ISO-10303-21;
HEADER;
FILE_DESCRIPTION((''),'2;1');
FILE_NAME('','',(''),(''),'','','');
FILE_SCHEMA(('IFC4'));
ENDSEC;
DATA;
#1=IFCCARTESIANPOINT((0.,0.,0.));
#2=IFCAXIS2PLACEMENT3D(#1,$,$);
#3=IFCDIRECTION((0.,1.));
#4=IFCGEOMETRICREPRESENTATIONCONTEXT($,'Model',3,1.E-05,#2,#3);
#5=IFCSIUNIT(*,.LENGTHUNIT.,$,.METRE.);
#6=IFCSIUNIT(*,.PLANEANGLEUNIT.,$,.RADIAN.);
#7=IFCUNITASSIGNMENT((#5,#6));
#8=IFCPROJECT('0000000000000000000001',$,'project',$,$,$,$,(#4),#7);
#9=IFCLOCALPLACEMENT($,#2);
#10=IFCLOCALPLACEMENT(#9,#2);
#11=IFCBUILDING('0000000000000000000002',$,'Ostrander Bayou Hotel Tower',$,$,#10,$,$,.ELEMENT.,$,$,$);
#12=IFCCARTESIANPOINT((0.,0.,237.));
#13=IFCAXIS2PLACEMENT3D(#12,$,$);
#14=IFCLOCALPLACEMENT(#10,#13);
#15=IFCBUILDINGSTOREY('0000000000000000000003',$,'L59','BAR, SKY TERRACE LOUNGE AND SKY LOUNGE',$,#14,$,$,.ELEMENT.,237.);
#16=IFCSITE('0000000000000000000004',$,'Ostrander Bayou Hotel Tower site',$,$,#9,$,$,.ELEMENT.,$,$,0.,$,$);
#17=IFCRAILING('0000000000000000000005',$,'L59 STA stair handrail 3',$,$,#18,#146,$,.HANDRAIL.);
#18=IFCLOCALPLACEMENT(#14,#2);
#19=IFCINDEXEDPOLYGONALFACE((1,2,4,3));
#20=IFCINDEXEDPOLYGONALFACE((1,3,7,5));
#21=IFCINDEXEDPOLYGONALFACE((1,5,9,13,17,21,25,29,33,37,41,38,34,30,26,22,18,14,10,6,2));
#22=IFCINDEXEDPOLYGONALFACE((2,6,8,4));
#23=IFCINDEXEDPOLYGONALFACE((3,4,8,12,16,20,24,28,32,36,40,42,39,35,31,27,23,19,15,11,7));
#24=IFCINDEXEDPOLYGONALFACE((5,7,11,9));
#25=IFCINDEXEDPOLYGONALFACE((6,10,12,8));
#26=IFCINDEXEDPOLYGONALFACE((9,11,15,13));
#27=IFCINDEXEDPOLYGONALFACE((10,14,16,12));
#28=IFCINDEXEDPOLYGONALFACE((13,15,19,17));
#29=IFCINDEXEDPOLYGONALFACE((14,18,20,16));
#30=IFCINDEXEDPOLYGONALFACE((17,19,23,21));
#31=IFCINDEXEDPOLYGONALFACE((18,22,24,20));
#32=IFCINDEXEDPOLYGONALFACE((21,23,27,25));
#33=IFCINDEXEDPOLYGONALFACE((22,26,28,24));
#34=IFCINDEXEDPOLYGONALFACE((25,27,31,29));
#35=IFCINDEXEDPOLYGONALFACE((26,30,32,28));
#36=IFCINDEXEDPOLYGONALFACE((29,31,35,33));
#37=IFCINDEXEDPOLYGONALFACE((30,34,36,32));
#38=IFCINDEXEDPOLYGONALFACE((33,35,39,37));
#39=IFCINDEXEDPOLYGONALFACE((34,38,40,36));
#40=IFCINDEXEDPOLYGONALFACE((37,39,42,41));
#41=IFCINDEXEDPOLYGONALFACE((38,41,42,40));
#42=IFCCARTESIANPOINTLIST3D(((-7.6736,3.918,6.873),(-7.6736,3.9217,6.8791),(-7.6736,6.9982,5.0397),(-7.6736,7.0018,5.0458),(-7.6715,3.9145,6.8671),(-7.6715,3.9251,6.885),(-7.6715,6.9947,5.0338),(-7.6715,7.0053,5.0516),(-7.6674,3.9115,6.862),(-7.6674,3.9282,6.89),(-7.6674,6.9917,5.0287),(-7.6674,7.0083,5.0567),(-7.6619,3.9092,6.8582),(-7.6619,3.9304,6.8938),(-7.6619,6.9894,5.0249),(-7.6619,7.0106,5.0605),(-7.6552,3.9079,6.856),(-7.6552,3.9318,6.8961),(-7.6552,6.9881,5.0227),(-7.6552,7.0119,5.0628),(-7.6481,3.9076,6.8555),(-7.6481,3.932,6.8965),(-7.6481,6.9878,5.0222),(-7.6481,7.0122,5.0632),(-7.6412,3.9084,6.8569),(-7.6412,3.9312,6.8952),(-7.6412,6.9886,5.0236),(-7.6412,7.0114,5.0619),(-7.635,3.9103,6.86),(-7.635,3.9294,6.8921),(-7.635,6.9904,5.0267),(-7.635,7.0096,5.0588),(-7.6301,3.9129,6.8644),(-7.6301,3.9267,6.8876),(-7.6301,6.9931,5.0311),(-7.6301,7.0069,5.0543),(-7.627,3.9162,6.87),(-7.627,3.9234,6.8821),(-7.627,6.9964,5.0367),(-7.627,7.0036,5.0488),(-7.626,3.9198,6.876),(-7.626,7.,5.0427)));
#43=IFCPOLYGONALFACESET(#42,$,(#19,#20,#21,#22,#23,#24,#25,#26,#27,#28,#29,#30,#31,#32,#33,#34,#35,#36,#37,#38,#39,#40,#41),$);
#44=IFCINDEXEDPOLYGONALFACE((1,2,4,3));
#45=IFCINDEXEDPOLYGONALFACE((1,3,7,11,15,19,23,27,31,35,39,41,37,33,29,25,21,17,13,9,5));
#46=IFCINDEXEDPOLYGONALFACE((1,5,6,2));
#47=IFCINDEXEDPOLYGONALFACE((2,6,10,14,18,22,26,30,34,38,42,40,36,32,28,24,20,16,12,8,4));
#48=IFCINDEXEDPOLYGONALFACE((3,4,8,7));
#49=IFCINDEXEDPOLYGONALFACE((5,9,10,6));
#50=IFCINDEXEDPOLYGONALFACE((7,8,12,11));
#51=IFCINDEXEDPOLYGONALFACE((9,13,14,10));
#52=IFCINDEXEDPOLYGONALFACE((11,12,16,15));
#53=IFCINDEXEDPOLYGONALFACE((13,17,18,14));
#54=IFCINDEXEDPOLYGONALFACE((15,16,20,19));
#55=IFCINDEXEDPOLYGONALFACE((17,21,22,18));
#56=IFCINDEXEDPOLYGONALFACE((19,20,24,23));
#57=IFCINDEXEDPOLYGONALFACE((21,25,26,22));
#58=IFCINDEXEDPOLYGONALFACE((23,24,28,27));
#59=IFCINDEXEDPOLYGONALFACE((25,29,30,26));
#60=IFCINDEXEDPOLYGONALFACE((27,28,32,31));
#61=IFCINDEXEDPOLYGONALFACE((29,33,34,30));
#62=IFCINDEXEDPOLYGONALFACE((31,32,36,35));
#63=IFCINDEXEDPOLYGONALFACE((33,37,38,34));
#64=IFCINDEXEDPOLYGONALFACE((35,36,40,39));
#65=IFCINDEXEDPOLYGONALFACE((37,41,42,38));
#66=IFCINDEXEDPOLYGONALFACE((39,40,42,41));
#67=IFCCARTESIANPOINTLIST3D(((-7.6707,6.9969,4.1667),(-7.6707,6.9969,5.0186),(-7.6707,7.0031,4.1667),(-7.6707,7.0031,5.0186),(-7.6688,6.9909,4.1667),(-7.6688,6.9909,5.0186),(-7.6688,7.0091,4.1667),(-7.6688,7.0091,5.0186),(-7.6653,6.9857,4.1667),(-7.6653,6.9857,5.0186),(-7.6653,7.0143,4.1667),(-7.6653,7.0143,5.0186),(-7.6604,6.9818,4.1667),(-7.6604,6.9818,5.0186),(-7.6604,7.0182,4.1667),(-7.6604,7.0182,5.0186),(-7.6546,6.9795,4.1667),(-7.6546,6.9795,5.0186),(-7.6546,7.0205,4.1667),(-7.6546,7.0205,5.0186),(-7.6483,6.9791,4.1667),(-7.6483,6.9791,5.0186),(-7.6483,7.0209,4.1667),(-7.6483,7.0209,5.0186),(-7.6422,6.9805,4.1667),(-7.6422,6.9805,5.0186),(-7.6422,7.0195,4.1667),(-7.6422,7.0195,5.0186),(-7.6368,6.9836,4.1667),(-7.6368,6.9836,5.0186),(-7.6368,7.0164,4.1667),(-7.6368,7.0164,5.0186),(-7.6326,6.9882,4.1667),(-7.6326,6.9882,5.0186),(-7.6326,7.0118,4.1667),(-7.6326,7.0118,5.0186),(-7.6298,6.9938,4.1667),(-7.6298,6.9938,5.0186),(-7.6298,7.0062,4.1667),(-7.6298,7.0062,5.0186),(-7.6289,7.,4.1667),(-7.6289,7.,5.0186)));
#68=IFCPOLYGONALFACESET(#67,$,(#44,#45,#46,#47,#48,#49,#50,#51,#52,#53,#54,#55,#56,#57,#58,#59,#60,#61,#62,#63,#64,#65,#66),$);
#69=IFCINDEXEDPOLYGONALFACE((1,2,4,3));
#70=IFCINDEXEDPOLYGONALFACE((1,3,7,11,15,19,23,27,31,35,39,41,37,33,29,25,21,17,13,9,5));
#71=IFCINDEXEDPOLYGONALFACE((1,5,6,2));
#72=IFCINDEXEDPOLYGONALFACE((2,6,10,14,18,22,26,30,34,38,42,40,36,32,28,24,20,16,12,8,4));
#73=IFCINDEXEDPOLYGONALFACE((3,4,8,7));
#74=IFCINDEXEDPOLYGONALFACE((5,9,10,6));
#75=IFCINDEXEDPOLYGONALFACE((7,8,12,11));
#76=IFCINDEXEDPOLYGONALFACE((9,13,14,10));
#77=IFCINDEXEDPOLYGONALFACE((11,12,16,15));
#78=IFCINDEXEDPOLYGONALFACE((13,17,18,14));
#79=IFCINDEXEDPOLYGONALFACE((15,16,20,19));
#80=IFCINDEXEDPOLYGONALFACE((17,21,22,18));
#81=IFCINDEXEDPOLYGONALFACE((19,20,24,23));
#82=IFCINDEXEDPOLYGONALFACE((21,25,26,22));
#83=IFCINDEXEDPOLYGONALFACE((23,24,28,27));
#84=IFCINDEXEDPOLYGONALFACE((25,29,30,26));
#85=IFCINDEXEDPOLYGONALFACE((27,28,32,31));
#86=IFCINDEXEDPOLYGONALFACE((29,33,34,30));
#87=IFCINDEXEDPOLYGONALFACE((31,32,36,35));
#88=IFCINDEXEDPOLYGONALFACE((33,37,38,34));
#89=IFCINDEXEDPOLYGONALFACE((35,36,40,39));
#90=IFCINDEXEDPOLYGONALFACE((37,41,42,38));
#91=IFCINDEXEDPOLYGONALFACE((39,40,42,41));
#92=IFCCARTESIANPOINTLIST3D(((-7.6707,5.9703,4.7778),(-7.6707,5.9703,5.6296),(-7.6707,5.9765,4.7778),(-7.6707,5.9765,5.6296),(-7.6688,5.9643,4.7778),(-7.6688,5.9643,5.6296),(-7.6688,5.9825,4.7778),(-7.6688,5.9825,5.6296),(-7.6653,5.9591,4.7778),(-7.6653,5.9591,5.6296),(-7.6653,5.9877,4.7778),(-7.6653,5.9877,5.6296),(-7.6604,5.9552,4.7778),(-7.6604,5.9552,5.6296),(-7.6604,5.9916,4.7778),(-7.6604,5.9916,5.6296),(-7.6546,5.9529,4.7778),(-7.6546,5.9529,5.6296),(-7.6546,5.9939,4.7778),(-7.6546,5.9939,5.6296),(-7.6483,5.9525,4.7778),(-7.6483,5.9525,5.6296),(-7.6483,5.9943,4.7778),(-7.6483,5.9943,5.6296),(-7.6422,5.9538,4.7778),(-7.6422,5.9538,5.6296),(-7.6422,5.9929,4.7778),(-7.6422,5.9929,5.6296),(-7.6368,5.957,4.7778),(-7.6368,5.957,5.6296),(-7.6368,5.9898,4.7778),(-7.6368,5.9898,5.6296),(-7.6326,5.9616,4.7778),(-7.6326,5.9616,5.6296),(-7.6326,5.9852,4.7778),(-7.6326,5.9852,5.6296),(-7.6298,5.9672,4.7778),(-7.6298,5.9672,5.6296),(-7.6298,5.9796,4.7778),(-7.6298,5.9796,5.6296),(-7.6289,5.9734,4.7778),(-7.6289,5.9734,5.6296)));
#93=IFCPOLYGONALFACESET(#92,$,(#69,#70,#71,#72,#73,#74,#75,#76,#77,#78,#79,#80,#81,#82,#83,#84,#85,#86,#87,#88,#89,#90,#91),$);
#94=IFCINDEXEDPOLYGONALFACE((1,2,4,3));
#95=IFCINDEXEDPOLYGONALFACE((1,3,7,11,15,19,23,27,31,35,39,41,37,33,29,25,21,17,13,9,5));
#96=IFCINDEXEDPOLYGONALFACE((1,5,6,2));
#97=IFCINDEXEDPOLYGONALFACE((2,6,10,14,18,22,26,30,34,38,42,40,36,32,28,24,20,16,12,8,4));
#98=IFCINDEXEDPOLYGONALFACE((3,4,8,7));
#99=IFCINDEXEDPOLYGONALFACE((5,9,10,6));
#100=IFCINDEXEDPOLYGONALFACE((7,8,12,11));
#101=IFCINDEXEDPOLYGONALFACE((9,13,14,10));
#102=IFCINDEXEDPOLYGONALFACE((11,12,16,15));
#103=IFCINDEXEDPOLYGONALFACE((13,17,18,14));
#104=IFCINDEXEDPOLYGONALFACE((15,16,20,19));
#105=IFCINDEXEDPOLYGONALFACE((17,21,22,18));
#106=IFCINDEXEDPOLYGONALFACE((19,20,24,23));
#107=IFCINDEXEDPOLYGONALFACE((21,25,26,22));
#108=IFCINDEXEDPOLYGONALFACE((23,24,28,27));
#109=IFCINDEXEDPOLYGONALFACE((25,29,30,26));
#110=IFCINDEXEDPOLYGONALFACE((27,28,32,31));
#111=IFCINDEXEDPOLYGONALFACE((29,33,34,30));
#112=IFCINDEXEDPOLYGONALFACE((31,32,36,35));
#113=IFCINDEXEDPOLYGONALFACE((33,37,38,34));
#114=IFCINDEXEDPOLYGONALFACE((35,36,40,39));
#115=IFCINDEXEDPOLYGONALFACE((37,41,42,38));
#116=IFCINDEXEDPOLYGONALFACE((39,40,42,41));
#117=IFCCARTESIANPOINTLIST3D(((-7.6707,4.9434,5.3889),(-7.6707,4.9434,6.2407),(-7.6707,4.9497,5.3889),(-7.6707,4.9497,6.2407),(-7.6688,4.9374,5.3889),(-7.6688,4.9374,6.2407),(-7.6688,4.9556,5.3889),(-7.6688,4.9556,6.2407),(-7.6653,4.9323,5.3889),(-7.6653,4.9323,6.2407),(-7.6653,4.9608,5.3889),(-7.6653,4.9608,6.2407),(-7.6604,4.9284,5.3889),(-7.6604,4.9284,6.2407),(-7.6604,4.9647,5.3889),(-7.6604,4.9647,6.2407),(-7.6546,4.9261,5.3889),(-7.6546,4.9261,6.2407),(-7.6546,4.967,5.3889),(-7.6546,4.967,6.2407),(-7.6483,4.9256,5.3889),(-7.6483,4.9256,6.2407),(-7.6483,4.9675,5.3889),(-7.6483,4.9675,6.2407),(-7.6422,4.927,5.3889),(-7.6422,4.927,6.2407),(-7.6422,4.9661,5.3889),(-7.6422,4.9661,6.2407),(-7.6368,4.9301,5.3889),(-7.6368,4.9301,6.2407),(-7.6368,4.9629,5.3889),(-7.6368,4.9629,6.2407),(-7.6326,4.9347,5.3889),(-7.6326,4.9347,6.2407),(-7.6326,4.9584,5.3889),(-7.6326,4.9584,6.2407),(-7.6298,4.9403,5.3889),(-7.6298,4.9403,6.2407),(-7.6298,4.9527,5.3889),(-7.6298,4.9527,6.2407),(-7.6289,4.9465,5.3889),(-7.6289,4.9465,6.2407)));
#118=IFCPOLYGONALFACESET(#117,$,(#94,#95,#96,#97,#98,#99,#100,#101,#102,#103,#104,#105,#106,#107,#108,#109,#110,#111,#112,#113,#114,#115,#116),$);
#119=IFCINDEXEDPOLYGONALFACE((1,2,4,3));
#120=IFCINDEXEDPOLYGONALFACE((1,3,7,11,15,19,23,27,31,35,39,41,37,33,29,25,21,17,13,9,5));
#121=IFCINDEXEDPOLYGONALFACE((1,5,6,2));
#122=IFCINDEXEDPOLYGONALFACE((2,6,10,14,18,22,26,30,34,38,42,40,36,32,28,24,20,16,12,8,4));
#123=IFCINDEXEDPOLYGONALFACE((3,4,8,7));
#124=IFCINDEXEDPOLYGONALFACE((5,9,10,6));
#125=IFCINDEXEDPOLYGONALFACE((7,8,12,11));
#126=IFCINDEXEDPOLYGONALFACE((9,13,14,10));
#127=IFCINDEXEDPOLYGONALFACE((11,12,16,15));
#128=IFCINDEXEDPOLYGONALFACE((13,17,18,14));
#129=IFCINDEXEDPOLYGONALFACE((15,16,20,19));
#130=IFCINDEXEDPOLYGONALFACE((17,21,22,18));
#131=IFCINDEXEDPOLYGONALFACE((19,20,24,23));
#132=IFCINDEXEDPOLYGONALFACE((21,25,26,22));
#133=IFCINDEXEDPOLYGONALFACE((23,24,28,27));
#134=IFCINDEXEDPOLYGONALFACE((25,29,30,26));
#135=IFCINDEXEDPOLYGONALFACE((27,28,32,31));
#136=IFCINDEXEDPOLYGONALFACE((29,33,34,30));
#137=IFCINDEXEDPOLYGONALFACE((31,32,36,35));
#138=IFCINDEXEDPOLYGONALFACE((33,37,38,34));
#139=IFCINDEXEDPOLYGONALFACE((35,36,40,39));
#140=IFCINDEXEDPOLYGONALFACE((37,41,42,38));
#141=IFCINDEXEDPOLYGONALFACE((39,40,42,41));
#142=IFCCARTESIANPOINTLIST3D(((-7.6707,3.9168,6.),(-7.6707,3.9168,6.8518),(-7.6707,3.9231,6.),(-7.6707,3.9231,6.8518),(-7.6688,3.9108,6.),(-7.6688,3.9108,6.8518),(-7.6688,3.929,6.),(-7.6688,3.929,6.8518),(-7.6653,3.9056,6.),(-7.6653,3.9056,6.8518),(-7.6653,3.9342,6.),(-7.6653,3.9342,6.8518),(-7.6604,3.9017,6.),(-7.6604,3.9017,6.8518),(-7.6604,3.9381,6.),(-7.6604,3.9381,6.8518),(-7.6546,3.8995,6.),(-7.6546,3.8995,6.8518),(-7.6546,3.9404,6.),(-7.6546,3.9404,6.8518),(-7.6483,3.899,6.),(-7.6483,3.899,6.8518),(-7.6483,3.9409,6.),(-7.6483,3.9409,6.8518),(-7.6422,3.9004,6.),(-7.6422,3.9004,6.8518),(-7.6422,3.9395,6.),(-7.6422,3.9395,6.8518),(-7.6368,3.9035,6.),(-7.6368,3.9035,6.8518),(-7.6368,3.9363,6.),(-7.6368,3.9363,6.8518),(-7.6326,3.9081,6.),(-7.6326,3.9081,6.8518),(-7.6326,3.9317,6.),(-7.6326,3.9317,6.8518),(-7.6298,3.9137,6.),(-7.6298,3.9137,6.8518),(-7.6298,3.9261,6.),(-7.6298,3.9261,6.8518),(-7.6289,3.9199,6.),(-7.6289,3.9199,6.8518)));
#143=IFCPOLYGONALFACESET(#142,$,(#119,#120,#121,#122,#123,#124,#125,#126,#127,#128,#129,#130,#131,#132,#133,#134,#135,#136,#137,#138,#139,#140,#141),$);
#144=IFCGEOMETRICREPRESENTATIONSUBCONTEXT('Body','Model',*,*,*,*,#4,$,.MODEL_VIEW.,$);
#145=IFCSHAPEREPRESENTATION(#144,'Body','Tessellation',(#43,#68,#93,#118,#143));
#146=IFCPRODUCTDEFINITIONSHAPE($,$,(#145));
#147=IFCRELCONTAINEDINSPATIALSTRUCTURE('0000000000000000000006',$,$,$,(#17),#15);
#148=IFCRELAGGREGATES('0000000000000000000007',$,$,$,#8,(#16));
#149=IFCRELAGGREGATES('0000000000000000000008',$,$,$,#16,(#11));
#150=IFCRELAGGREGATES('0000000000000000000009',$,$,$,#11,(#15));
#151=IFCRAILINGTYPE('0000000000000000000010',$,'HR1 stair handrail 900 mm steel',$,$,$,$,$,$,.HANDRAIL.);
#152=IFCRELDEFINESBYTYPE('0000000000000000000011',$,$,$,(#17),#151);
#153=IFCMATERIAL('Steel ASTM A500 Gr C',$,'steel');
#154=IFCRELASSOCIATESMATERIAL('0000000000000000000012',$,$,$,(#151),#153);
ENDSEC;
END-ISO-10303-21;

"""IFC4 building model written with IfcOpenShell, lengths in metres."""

from ifc_helpers import new_model, si_unit, direction, frame, origin, origin_2d, place, context, subcontext, project, spatial, circle, extrude, material, type_object, element, save


model = new_model("IFC4")

# Units and contexts
model_context = context("Model", 3, precision=1e-05, world=origin(), true_north=direction((0.0, 1.0)))
body_context = subcontext(model_context, "Body", "Model", "MODEL_VIEW")
ifc_project = project(units=[si_unit("LENGTHUNIT", "METRE"), si_unit("PLANEANGLEUNIT", "RADIAN")], contexts=[model_context])

# Site, building, storey
site_placement = place(None, origin())
site = spatial("IfcSite", under=ifc_project, at=site_placement, Name="Ostrander Bayou Hotel Tower site", CompositionType="ELEMENT", RefElevation=0.0)
building_placement = place(site_placement, origin())
building = spatial("IfcBuilding", under=site, at=building_placement, Name="Ostrander Bayou Hotel Tower", CompositionType="ELEMENT")
storey_placement = place(building_placement, frame((0.0, 0.0, 237.0)))
storey = spatial("IfcBuildingStorey", under=building, at=storey_placement, Name="L59", Description="BAR, SKY TERRACE LOUNGE AND SKY LOUNGE", CompositionType="ELEMENT", Elevation=237.0)

# Railing
ifc_material_1 = material(Name="Steel ASTM A500 Gr C", Category="steel")
railing_type_1 = type_object("IfcRailingType", Name="HR1 stair handrail 900 mm steel", PredefinedType="HANDRAIL", material=ifc_material_1)
railing_1_placement = place(storey_placement, frame((-7.6499, 7.0, 4.1667)))
element("IfcRailing", 1, at=railing_1_placement, inside=storey, type_object=railing_type_1, Name="L59 STA stair handrail 3", PredefinedType="HANDRAIL", context=body_context, shape_type="SweptSolid", body=[
    extrude(circle(Radius=0.0239, at=origin_2d()), frame((0.0, 0.0, 0.876), z_axis=(0.0, -0.859309, 0.511458), x_axis=(1.0, 0.0, 0.0)), (0.0, 0.0, 1.0), 3.5845),
    extrude(circle(Radius=0.021, at=origin_2d()), origin(), (0.0, 0.0, 1.0), 0.8518),
    extrude(circle(Radius=0.021, at=origin_2d()), frame((0.0, -1.0266, 0.6111)), (0.0, 0.0, 1.0), 0.8518),
    extrude(circle(Radius=0.021, at=origin_2d()), frame((0.0, -2.0535, 1.2222)), (0.0, 0.0, 1.0), 0.8518),
    extrude(circle(Radius=0.021, at=origin_2d()), frame((0.0, -3.0801, 1.8333)), (0.0, 0.0, 1.0), 0.8518),
])

save(model, "model.ifc")
